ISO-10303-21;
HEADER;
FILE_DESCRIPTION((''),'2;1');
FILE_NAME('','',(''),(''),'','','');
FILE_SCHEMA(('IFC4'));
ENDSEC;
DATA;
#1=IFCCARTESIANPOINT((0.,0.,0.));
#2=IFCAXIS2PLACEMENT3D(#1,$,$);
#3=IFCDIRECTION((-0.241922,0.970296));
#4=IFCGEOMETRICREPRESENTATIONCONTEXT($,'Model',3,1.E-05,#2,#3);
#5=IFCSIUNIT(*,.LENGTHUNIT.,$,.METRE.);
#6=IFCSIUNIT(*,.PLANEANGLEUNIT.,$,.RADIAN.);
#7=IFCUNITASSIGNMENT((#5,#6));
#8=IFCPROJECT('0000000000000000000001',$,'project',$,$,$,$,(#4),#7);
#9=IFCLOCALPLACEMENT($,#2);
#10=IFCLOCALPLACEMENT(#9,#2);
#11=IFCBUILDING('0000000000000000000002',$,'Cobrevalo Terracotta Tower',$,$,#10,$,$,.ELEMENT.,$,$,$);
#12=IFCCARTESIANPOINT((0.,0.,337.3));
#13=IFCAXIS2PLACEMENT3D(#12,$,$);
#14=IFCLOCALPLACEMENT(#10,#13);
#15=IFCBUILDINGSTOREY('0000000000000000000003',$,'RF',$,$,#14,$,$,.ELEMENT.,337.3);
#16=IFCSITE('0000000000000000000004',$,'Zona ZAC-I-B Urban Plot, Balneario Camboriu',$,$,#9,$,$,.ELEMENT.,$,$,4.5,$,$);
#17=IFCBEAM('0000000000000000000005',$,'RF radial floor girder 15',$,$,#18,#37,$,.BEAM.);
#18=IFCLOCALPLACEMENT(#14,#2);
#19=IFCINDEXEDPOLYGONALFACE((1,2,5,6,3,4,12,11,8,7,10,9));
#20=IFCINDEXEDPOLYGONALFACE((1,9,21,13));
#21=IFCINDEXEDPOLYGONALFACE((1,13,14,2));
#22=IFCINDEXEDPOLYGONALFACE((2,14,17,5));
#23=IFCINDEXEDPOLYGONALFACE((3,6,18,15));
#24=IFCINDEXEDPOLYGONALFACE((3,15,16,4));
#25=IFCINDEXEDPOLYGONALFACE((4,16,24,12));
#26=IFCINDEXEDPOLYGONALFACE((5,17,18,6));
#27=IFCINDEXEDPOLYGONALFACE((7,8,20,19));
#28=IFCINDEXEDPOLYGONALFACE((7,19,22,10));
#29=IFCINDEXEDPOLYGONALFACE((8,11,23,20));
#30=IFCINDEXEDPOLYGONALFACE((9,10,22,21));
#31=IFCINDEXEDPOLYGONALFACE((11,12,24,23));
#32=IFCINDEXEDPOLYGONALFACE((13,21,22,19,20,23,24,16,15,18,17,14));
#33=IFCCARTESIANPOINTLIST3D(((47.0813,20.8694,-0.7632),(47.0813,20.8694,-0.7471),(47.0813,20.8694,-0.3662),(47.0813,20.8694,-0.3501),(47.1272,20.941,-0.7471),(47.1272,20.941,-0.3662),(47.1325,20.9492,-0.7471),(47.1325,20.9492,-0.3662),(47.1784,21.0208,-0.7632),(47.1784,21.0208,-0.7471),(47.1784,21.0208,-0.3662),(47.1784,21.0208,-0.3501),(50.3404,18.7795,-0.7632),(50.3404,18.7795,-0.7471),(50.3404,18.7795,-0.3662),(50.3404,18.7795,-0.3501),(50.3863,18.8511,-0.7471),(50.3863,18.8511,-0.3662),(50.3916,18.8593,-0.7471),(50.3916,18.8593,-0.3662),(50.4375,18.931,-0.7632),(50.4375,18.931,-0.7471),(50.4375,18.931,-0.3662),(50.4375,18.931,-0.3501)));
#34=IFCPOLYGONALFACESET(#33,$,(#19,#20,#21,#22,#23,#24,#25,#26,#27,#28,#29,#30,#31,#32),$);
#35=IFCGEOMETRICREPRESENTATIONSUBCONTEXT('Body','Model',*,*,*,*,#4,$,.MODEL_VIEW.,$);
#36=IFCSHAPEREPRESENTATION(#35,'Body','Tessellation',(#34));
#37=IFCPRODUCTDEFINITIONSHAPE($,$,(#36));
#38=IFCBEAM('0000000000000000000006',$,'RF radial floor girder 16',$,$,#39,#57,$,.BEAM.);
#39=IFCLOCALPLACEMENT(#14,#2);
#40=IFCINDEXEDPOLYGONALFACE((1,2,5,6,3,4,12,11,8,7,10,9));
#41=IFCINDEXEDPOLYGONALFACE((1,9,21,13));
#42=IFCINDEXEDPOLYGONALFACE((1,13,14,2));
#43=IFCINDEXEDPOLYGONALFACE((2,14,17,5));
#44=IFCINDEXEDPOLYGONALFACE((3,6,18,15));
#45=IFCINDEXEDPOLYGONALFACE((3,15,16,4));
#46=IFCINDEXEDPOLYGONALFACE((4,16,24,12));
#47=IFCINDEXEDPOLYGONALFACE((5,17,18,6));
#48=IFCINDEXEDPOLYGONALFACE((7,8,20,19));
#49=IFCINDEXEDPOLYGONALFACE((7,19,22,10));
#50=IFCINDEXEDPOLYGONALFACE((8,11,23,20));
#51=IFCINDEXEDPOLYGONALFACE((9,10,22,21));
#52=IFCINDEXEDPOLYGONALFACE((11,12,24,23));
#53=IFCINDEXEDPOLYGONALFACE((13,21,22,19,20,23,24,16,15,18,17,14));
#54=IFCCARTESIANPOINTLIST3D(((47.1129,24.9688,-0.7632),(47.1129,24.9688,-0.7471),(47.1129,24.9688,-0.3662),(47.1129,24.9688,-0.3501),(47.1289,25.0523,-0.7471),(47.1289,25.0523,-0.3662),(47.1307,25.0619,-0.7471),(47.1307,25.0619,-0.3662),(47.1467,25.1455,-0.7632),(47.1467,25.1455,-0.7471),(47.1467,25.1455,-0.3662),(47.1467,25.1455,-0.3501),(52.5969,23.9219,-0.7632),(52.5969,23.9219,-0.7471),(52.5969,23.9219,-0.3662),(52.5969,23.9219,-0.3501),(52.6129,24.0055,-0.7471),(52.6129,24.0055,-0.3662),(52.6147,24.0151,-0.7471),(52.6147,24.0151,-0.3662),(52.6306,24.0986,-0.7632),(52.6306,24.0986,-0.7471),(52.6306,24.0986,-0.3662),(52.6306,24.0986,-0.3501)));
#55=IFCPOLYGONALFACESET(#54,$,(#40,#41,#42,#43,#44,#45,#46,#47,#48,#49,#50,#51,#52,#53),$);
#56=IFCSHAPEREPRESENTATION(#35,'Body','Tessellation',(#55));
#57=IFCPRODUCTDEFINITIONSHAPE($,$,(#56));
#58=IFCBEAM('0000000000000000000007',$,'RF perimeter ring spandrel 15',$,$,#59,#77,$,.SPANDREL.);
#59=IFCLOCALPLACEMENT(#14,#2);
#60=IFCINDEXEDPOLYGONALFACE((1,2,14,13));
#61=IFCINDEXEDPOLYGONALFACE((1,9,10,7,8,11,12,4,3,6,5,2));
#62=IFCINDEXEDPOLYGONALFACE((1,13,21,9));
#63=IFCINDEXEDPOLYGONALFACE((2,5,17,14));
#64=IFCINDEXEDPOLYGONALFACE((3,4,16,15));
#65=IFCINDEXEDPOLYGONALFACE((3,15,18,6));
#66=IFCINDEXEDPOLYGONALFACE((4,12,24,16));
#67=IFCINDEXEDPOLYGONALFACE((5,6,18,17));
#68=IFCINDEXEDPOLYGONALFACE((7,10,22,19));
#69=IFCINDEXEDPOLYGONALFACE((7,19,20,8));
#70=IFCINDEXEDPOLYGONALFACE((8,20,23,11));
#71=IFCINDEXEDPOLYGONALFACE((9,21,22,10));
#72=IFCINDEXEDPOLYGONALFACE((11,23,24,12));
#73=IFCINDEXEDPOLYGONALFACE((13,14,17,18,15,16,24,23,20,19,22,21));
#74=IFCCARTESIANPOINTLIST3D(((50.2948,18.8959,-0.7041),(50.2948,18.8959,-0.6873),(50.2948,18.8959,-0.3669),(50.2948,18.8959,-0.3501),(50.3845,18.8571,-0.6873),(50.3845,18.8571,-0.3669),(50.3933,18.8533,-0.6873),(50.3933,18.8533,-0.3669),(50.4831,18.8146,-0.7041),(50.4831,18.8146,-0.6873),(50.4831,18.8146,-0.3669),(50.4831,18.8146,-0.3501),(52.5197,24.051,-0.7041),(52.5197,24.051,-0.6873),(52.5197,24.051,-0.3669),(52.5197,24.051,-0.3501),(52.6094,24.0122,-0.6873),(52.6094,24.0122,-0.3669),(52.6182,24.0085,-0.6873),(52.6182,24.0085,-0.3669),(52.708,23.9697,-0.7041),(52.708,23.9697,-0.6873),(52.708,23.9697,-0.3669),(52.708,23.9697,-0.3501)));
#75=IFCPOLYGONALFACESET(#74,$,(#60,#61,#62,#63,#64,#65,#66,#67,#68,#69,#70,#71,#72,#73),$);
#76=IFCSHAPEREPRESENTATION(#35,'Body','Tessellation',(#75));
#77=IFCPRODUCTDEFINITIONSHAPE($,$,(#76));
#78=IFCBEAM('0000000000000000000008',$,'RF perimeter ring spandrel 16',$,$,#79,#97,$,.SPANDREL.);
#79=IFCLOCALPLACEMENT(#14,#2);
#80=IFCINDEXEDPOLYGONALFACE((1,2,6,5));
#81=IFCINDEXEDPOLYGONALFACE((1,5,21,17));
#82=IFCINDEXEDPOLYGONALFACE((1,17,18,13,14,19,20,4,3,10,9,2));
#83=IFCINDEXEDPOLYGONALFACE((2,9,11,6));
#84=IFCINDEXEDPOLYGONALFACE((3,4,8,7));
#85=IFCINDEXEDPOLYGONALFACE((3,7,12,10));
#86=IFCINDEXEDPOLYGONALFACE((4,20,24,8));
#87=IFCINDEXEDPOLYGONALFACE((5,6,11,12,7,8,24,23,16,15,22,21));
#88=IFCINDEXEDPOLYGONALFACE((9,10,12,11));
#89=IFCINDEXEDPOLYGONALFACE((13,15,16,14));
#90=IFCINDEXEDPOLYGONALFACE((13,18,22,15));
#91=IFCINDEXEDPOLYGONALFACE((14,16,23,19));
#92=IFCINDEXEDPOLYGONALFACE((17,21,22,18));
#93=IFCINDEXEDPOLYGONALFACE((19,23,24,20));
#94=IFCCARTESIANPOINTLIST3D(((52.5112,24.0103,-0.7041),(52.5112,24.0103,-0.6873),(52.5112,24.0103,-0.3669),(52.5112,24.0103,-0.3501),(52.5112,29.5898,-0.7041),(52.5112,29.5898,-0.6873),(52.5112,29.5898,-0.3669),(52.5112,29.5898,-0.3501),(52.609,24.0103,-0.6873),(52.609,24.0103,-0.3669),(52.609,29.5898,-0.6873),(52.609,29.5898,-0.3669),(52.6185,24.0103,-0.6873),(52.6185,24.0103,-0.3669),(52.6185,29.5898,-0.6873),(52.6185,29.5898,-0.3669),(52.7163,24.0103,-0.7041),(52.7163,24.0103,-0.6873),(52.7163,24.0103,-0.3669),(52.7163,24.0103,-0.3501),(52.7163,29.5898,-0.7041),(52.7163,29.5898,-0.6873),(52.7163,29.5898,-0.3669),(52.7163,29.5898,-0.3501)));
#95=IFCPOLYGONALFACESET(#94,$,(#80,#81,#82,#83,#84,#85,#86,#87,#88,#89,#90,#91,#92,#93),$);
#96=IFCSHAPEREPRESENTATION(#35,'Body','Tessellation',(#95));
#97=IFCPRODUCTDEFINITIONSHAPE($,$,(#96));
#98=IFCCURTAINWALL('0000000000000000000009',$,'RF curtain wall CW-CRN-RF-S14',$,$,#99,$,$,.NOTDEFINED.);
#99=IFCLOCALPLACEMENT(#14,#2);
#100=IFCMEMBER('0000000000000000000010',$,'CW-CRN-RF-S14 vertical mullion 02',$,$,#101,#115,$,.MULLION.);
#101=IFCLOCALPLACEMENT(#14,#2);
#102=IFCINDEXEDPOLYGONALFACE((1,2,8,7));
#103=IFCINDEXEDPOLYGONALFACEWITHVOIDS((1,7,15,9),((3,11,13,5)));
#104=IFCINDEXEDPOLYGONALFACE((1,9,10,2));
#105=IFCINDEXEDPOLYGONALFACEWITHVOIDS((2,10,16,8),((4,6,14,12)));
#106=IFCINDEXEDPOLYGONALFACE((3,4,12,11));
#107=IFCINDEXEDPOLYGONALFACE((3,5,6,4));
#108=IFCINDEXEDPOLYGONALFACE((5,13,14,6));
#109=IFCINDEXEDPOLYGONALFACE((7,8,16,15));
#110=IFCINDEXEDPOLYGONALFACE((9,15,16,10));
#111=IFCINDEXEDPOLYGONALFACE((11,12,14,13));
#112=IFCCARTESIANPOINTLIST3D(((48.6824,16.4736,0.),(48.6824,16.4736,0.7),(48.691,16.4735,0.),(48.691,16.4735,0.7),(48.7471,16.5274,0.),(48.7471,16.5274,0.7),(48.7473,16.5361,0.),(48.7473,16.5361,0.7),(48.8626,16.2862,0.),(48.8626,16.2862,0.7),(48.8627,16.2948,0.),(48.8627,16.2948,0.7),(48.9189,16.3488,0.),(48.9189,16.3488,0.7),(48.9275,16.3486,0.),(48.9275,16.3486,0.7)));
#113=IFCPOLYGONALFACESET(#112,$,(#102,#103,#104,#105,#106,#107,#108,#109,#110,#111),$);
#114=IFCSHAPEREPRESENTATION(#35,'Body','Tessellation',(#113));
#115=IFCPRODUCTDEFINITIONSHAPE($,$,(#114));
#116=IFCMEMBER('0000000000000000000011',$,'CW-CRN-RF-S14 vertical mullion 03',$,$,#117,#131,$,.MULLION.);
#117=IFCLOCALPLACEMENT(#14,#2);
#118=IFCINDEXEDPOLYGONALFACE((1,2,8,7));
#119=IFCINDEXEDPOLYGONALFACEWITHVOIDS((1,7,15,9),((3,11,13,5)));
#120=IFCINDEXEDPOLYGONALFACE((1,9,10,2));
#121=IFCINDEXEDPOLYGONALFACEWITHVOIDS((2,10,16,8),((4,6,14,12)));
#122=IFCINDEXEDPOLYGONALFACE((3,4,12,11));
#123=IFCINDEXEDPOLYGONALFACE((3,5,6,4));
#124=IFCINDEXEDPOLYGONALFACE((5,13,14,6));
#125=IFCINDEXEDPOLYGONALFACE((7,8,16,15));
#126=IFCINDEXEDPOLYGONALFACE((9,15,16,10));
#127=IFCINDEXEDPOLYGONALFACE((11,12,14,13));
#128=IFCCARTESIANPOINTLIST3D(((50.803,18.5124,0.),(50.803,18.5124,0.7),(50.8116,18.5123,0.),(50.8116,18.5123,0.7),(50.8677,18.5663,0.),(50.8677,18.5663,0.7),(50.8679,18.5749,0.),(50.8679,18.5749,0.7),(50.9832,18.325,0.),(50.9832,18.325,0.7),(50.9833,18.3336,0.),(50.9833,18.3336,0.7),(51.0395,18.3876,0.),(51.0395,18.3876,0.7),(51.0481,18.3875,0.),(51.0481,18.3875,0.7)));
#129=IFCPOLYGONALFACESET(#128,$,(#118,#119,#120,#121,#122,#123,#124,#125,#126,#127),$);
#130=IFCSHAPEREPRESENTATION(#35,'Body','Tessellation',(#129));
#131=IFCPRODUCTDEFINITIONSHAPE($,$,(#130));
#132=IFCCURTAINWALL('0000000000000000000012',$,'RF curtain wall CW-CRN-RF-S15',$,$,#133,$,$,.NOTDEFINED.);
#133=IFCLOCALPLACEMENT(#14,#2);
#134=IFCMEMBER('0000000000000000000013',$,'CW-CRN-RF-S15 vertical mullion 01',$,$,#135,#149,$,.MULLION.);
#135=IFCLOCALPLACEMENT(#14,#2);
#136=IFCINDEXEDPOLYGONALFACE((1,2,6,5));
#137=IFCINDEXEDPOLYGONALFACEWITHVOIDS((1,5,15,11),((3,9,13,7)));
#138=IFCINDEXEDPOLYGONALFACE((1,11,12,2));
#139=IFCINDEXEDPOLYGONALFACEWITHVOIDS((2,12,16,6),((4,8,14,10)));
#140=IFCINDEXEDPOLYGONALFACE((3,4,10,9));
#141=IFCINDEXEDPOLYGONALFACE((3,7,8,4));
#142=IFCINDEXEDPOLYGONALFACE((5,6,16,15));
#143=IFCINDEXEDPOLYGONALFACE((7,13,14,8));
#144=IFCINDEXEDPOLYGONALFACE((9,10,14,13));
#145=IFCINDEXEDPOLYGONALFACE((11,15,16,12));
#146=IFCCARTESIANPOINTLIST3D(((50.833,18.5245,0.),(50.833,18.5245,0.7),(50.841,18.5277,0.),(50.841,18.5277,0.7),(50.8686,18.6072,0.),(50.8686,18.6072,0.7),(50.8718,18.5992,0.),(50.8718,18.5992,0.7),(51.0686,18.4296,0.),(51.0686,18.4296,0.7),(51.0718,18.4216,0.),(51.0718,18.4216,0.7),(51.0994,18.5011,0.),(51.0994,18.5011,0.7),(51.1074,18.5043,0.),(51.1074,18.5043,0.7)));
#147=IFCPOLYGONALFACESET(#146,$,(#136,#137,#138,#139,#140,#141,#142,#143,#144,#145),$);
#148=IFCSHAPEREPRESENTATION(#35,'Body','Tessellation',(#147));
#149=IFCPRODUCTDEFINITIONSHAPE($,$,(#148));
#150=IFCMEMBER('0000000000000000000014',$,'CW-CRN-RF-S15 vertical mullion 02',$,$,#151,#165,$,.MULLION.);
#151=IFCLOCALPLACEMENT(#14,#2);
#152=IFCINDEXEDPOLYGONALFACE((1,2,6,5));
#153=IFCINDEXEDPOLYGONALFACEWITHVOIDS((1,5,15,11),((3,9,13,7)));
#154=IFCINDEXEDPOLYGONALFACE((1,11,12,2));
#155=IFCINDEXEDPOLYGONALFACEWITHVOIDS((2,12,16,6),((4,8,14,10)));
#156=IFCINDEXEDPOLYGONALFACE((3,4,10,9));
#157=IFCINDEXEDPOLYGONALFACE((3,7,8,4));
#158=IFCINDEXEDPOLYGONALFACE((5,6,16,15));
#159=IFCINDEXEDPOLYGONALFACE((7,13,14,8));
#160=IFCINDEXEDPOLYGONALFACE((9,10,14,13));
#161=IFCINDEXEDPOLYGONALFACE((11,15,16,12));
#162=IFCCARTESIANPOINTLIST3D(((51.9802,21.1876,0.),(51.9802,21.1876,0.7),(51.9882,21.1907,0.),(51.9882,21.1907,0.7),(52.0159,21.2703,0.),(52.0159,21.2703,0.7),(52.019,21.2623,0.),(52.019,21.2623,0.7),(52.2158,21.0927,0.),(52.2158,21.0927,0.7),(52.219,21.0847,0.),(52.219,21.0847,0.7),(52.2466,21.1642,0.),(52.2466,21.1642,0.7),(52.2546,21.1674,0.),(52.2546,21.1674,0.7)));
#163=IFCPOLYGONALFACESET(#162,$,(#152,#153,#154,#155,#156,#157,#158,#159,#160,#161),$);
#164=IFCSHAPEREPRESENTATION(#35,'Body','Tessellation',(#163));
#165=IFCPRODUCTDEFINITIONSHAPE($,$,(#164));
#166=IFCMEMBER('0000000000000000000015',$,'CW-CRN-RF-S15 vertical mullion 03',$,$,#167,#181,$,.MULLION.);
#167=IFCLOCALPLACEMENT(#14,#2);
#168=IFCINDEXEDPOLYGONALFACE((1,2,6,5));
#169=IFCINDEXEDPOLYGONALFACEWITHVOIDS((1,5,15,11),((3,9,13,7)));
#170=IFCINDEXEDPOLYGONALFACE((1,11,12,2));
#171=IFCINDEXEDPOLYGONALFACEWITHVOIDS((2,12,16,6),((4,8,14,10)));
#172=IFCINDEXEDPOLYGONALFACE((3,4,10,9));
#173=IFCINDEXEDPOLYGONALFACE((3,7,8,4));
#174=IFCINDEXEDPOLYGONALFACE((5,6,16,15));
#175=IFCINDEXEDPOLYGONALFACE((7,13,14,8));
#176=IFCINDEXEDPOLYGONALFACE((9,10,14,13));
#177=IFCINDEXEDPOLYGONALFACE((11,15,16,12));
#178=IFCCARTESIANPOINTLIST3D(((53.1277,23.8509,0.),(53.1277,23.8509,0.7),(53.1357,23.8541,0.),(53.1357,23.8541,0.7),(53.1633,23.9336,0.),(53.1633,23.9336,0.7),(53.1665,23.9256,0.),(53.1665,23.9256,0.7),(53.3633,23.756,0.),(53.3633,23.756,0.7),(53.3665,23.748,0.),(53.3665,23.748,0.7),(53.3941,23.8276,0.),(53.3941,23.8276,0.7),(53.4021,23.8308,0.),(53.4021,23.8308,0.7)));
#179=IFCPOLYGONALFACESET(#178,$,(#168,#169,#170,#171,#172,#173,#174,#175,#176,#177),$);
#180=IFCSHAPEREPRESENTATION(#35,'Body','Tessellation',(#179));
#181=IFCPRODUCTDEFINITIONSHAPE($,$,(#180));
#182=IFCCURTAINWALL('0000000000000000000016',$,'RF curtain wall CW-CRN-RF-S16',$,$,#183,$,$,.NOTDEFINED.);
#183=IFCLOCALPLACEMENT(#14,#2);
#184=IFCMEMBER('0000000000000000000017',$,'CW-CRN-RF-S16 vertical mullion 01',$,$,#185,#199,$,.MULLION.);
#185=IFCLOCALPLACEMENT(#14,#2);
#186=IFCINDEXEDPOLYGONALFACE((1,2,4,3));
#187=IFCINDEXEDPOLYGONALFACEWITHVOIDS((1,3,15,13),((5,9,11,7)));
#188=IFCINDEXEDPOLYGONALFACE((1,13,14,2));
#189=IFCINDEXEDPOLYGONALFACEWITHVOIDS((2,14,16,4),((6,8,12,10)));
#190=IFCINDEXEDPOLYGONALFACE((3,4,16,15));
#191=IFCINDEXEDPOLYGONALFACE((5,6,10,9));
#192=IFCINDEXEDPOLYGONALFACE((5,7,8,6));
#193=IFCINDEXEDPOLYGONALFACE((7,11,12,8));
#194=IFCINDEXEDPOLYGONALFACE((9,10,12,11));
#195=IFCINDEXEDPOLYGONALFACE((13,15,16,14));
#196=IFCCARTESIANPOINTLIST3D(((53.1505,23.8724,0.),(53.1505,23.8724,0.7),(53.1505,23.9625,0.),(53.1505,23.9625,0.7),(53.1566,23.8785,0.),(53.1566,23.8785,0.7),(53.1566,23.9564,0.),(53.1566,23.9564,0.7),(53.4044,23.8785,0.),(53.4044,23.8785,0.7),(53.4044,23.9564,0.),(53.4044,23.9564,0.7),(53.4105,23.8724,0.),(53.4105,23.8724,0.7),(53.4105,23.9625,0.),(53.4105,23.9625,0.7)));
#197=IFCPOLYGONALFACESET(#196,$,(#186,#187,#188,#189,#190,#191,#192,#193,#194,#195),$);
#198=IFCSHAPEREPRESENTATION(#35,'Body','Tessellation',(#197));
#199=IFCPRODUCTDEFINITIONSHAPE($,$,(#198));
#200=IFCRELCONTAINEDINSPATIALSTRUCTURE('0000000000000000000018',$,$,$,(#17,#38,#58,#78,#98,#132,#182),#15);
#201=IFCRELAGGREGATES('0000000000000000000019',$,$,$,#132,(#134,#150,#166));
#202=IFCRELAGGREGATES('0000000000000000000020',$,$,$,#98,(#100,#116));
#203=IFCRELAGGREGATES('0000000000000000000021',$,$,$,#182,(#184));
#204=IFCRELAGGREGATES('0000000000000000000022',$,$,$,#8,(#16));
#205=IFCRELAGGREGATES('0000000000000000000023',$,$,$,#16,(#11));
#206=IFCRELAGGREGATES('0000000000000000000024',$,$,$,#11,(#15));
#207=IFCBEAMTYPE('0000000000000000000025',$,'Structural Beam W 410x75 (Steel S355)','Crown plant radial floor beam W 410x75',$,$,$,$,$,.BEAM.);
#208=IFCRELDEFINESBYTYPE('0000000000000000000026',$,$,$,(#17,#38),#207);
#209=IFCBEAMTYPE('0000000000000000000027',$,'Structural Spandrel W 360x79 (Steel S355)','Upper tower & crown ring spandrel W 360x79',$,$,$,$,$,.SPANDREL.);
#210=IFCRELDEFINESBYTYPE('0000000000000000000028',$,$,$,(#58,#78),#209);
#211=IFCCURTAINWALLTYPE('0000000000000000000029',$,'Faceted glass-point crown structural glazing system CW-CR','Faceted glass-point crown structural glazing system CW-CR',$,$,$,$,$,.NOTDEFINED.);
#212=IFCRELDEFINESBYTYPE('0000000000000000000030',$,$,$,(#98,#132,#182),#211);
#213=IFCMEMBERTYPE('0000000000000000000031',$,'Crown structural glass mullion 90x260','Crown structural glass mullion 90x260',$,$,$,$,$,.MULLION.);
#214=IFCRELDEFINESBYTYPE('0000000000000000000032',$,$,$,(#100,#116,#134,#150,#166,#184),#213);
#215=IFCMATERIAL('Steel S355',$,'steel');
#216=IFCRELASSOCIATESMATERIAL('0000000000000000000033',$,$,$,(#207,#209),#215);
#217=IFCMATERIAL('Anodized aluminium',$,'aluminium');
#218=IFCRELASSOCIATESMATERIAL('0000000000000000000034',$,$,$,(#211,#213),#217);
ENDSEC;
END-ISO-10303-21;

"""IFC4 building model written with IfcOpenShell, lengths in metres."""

from ifc_helpers import new_model, si_unit, direction, frame, origin, origin_2d, place, context, subcontext, project, spatial, hollow_rectangle, i_section, extrude, source, transform, mapped, material, material_profile, profile_set, type_object, element, aggregate, save


model = new_model("IFC4")

# Units and contexts
model_context = context("Model", 3, precision=1e-05, world=origin(), true_north=direction((-0.241922, 0.970296)))
body_context = subcontext(model_context, "Body", "Model", "MODEL_VIEW")
ifc_project = project(units=[si_unit("LENGTHUNIT", "METRE"), si_unit("PLANEANGLEUNIT", "RADIAN")], contexts=[model_context])

# Site, building, storey
site_placement = place(None, origin())
site = spatial("IfcSite", under=ifc_project, at=site_placement, Name="Zona ZAC-I-B Urban Plot, Balneario Camboriu", CompositionType="ELEMENT", RefElevation=4.5)
building_placement = place(site_placement, origin())
building = spatial("IfcBuilding", under=site, at=building_placement, Name="Cobrevalo Terracotta Tower", CompositionType="ELEMENT")
storey_placement = place(building_placement, frame((0.0, 0.0, 337.3)))
storey = spatial("IfcBuildingStorey", under=building, at=storey_placement, Name="RF", CompositionType="ELEMENT", Elevation=337.3)

# Beams
ifc_material_1 = material(Name="Steel S355", Category="steel")
ifc_material_profile_1 = material_profile(ifc_material_1, i_section(OverallWidth=0.1799, OverallDepth=0.4131, WebThickness=0.0098, FlangeThickness=0.0161, at=origin_2d()), Name="W 410x75")
ifc_profile_set_1 = profile_set([ifc_material_profile_1], Name="Steel S355")
beam_type_1 = type_object("IfcBeamType", Name="Structural Beam W 410x75 (Steel S355)", Description="Crown plant radial floor beam W 410x75", PredefinedType="BEAM", material=ifc_profile_set_1)
beam_1_placement = place(storey_placement, frame((50.3889, 18.8552, -0.5566), z_axis=(-0.841795, 0.539798, 0.0), x_axis=(-0.539798, -0.841795, 0.0)))
element("IfcBeam", 1, at=beam_1_placement, inside=storey, type_object=beam_type_1, Name="RF radial floor girder 15", PredefinedType="BEAM", context=body_context, shape_type="SweptSolid", body=[
    extrude(i_section(OverallWidth=0.1799, OverallDepth=0.4131, WebThickness=0.0098, FlangeThickness=0.0161, at=origin_2d()), origin(), (0.0, 0.0, 1.0), 3.8716),
])
beam_2_placement = place(storey_placement, frame((52.6138, 24.0103, -0.5566), z_axis=(-0.982262, 0.187514, 0.0), x_axis=(-0.187514, -0.982262, 0.0)))
element("IfcBeam", 2, at=beam_2_placement, inside=storey, type_object=beam_type_1, Name="RF radial floor girder 16", PredefinedType="BEAM", context=body_context, shape_type="SweptSolid", body=[
    extrude(i_section(OverallWidth=0.1799, OverallDepth=0.4131, WebThickness=0.0098, FlangeThickness=0.0161, at=origin_2d()), origin(), (0.0, 0.0, 1.0), 5.583),
])
ifc_material_profile_2 = material_profile(ifc_material_1, i_section(OverallWidth=0.2051, OverallDepth=0.354, WebThickness=0.0095, FlangeThickness=0.0168, at=origin_2d()), Name="W 360x79")
ifc_profile_set_2 = profile_set([ifc_material_profile_2], Name="Steel S355")
beam_type_2 = type_object("IfcBeamType", Name="Structural Spandrel W 360x79 (Steel S355)", Description="Upper tower & crown ring spandrel W 360x79", PredefinedType="SPANDREL", material=ifc_profile_set_2)
beam_3_placement = place(storey_placement, frame((50.3889, 18.8552, -0.5271), z_axis=(0.396259, 0.918139, 0.0), x_axis=(-0.918139, 0.396259, 0.0)))
element("IfcBeam", 3, at=beam_3_placement, inside=storey, type_object=beam_type_2, Name="RF perimeter ring spandrel 15", PredefinedType="SPANDREL", context=body_context, shape_type="SweptSolid", body=[
    extrude(i_section(OverallWidth=0.2051, OverallDepth=0.354, WebThickness=0.0095, FlangeThickness=0.0168, at=origin_2d()), origin(), (0.0, 0.0, 1.0), 5.6147),
])
beam_4_placement = place(storey_placement, frame((52.6138, 24.0103, -0.5271), z_axis=(0.0, 1.0, 0.0), x_axis=(-1.0, 0.0, 0.0)))
element("IfcBeam", 4, at=beam_4_placement, inside=storey, type_object=beam_type_2, Name="RF perimeter ring spandrel 16", PredefinedType="SPANDREL", context=body_context, shape_type="SweptSolid", body=[
    extrude(i_section(OverallWidth=0.2051, OverallDepth=0.354, WebThickness=0.0095, FlangeThickness=0.0168, at=origin_2d()), origin(), (0.0, 0.0, 1.0), 5.5796),
])

# Curtain walls, members
ifc_material_2 = material(Name="Anodized aluminium", Category="aluminium")
curtain_wall_type = type_object("IfcCurtainWallType", Name="Faceted glass-point crown structural glazing system CW-CR", Description="Faceted glass-point crown structural glazing system CW-CR", PredefinedType="NOTDEFINED", material=ifc_material_2)
curtain_wall_1_placement = place(storey_placement, origin())
curtain_wall_1 = element("IfcCurtainWall", 5, at=curtain_wall_1_placement, inside=storey, type_object=curtain_wall_type, Name="RF curtain wall CW-CRN-RF-S14", PredefinedType="NOTDEFINED")
ifc_material_profile_3 = material_profile(ifc_material_2, hollow_rectangle(XDim=0.0901, YDim=0.26, WallThickness=0.0061, at=origin_2d()), Name="CWM 90x260")
ifc_profile_set_3 = profile_set([ifc_material_profile_3], Name="Anodized aluminium")
member_type_1 = type_object("IfcMemberType", Name="Crown structural glass mullion 90x260", Description="Crown structural glass mullion 90x260", PredefinedType="MULLION", material=ifc_profile_set_3)
shared_shape_1 = source(origin(), body_context, "Body", "SweptSolid", [
    extrude(hollow_rectangle(XDim=0.0901, YDim=0.26, WallThickness=0.0061, at=origin_2d()), origin(), (0.0, 0.0, 1.0), 0.7),
])
member_1_placement = place(storey_placement, frame((48.8049, 16.4111, 0.0), z_axis=(0.0, 0.0, 1.0), x_axis=(0.720854, 0.693087, 0.0)))
member_1 = element("IfcMember", 6, at=member_1_placement, type_object=member_type_1, Name="CW-CRN-RF-S14 vertical mullion 02", PredefinedType="MULLION", context=body_context, shape_type="MappedRepresentation", body=[
    mapped(shared_shape_1, transform((0.0, 0.0, 0.0), scale=1.0)),
])
member_2_placement = place(storey_placement, frame((50.9255, 18.45, 0.0), z_axis=(0.0, 0.0, 1.0), x_axis=(0.720854, 0.693087, 0.0)))
member_2 = element("IfcMember", 7, at=member_2_placement, type_object=member_type_1, Name="CW-CRN-RF-S14 vertical mullion 03", PredefinedType="MULLION", context=body_context, shape_type="MappedRepresentation", body=[
    mapped(shared_shape_1, transform((0.0, 0.0, 0.0), scale=1.0)),
])
curtain_wall_2_placement = place(storey_placement, origin())
curtain_wall_2 = element("IfcCurtainWall", 8, at=curtain_wall_2_placement, inside=storey, type_object=curtain_wall_type, Name="RF curtain wall CW-CRN-RF-S15", PredefinedType="NOTDEFINED")
member_3_placement = place(storey_placement, frame((50.9702, 18.5144, 0.0), z_axis=(0.0, 0.0, 1.0), x_axis=(0.395658, 0.918398, 0.0)))
member_3 = element("IfcMember", 9, at=member_3_placement, type_object=member_type_1, Name="CW-CRN-RF-S15 vertical mullion 01", PredefinedType="MULLION", context=body_context, shape_type="MappedRepresentation", body=[
    mapped(shared_shape_1, transform((0.0, 0.0, 0.0), scale=1.0)),
])
member_4_placement = place(storey_placement, frame((52.1174, 21.1775, 0.0), z_axis=(0.0, 0.0, 1.0), x_axis=(0.395658, 0.918398, 0.0)))
member_4 = element("IfcMember", 10, at=member_4_placement, type_object=member_type_1, Name="CW-CRN-RF-S15 vertical mullion 02", PredefinedType="MULLION", context=body_context, shape_type="MappedRepresentation", body=[
    mapped(shared_shape_1, transform((0.0, 0.0, 0.0), scale=1.0)),
])
member_5_placement = place(storey_placement, frame((53.2649, 23.8408, 0.0), z_axis=(0.0, 0.0, 1.0), x_axis=(0.395658, 0.918398, 0.0)))
member_5 = element("IfcMember", 11, at=member_5_placement, type_object=member_type_1, Name="CW-CRN-RF-S15 vertical mullion 03", PredefinedType="MULLION", context=body_context, shape_type="MappedRepresentation", body=[
    mapped(shared_shape_1, transform((0.0, 0.0, 0.0), scale=1.0)),
])
curtain_wall_3_placement = place(storey_placement, origin())
curtain_wall_3 = element("IfcCurtainWall", 12, at=curtain_wall_3_placement, inside=storey, type_object=curtain_wall_type, Name="RF curtain wall CW-CRN-RF-S16", PredefinedType="NOTDEFINED")
member_6_placement = place(storey_placement, frame((53.2805, 23.9175, 0.0), z_axis=(0.0, 0.0, 1.0), x_axis=(0.0, 1.0, 0.0)))
member_6 = element("IfcMember", 13, at=member_6_placement, type_object=member_type_1, Name="CW-CRN-RF-S16 vertical mullion 01", PredefinedType="MULLION", context=body_context, shape_type="MappedRepresentation", body=[
    mapped(shared_shape_1, transform((0.0, 0.0, 0.0), scale=1.0)),
])

aggregate(curtain_wall_2, [member_3, member_4, member_5])
aggregate(curtain_wall_1, [member_1, member_2])
aggregate(curtain_wall_3, [member_6])

save(model, "model.ifc")
